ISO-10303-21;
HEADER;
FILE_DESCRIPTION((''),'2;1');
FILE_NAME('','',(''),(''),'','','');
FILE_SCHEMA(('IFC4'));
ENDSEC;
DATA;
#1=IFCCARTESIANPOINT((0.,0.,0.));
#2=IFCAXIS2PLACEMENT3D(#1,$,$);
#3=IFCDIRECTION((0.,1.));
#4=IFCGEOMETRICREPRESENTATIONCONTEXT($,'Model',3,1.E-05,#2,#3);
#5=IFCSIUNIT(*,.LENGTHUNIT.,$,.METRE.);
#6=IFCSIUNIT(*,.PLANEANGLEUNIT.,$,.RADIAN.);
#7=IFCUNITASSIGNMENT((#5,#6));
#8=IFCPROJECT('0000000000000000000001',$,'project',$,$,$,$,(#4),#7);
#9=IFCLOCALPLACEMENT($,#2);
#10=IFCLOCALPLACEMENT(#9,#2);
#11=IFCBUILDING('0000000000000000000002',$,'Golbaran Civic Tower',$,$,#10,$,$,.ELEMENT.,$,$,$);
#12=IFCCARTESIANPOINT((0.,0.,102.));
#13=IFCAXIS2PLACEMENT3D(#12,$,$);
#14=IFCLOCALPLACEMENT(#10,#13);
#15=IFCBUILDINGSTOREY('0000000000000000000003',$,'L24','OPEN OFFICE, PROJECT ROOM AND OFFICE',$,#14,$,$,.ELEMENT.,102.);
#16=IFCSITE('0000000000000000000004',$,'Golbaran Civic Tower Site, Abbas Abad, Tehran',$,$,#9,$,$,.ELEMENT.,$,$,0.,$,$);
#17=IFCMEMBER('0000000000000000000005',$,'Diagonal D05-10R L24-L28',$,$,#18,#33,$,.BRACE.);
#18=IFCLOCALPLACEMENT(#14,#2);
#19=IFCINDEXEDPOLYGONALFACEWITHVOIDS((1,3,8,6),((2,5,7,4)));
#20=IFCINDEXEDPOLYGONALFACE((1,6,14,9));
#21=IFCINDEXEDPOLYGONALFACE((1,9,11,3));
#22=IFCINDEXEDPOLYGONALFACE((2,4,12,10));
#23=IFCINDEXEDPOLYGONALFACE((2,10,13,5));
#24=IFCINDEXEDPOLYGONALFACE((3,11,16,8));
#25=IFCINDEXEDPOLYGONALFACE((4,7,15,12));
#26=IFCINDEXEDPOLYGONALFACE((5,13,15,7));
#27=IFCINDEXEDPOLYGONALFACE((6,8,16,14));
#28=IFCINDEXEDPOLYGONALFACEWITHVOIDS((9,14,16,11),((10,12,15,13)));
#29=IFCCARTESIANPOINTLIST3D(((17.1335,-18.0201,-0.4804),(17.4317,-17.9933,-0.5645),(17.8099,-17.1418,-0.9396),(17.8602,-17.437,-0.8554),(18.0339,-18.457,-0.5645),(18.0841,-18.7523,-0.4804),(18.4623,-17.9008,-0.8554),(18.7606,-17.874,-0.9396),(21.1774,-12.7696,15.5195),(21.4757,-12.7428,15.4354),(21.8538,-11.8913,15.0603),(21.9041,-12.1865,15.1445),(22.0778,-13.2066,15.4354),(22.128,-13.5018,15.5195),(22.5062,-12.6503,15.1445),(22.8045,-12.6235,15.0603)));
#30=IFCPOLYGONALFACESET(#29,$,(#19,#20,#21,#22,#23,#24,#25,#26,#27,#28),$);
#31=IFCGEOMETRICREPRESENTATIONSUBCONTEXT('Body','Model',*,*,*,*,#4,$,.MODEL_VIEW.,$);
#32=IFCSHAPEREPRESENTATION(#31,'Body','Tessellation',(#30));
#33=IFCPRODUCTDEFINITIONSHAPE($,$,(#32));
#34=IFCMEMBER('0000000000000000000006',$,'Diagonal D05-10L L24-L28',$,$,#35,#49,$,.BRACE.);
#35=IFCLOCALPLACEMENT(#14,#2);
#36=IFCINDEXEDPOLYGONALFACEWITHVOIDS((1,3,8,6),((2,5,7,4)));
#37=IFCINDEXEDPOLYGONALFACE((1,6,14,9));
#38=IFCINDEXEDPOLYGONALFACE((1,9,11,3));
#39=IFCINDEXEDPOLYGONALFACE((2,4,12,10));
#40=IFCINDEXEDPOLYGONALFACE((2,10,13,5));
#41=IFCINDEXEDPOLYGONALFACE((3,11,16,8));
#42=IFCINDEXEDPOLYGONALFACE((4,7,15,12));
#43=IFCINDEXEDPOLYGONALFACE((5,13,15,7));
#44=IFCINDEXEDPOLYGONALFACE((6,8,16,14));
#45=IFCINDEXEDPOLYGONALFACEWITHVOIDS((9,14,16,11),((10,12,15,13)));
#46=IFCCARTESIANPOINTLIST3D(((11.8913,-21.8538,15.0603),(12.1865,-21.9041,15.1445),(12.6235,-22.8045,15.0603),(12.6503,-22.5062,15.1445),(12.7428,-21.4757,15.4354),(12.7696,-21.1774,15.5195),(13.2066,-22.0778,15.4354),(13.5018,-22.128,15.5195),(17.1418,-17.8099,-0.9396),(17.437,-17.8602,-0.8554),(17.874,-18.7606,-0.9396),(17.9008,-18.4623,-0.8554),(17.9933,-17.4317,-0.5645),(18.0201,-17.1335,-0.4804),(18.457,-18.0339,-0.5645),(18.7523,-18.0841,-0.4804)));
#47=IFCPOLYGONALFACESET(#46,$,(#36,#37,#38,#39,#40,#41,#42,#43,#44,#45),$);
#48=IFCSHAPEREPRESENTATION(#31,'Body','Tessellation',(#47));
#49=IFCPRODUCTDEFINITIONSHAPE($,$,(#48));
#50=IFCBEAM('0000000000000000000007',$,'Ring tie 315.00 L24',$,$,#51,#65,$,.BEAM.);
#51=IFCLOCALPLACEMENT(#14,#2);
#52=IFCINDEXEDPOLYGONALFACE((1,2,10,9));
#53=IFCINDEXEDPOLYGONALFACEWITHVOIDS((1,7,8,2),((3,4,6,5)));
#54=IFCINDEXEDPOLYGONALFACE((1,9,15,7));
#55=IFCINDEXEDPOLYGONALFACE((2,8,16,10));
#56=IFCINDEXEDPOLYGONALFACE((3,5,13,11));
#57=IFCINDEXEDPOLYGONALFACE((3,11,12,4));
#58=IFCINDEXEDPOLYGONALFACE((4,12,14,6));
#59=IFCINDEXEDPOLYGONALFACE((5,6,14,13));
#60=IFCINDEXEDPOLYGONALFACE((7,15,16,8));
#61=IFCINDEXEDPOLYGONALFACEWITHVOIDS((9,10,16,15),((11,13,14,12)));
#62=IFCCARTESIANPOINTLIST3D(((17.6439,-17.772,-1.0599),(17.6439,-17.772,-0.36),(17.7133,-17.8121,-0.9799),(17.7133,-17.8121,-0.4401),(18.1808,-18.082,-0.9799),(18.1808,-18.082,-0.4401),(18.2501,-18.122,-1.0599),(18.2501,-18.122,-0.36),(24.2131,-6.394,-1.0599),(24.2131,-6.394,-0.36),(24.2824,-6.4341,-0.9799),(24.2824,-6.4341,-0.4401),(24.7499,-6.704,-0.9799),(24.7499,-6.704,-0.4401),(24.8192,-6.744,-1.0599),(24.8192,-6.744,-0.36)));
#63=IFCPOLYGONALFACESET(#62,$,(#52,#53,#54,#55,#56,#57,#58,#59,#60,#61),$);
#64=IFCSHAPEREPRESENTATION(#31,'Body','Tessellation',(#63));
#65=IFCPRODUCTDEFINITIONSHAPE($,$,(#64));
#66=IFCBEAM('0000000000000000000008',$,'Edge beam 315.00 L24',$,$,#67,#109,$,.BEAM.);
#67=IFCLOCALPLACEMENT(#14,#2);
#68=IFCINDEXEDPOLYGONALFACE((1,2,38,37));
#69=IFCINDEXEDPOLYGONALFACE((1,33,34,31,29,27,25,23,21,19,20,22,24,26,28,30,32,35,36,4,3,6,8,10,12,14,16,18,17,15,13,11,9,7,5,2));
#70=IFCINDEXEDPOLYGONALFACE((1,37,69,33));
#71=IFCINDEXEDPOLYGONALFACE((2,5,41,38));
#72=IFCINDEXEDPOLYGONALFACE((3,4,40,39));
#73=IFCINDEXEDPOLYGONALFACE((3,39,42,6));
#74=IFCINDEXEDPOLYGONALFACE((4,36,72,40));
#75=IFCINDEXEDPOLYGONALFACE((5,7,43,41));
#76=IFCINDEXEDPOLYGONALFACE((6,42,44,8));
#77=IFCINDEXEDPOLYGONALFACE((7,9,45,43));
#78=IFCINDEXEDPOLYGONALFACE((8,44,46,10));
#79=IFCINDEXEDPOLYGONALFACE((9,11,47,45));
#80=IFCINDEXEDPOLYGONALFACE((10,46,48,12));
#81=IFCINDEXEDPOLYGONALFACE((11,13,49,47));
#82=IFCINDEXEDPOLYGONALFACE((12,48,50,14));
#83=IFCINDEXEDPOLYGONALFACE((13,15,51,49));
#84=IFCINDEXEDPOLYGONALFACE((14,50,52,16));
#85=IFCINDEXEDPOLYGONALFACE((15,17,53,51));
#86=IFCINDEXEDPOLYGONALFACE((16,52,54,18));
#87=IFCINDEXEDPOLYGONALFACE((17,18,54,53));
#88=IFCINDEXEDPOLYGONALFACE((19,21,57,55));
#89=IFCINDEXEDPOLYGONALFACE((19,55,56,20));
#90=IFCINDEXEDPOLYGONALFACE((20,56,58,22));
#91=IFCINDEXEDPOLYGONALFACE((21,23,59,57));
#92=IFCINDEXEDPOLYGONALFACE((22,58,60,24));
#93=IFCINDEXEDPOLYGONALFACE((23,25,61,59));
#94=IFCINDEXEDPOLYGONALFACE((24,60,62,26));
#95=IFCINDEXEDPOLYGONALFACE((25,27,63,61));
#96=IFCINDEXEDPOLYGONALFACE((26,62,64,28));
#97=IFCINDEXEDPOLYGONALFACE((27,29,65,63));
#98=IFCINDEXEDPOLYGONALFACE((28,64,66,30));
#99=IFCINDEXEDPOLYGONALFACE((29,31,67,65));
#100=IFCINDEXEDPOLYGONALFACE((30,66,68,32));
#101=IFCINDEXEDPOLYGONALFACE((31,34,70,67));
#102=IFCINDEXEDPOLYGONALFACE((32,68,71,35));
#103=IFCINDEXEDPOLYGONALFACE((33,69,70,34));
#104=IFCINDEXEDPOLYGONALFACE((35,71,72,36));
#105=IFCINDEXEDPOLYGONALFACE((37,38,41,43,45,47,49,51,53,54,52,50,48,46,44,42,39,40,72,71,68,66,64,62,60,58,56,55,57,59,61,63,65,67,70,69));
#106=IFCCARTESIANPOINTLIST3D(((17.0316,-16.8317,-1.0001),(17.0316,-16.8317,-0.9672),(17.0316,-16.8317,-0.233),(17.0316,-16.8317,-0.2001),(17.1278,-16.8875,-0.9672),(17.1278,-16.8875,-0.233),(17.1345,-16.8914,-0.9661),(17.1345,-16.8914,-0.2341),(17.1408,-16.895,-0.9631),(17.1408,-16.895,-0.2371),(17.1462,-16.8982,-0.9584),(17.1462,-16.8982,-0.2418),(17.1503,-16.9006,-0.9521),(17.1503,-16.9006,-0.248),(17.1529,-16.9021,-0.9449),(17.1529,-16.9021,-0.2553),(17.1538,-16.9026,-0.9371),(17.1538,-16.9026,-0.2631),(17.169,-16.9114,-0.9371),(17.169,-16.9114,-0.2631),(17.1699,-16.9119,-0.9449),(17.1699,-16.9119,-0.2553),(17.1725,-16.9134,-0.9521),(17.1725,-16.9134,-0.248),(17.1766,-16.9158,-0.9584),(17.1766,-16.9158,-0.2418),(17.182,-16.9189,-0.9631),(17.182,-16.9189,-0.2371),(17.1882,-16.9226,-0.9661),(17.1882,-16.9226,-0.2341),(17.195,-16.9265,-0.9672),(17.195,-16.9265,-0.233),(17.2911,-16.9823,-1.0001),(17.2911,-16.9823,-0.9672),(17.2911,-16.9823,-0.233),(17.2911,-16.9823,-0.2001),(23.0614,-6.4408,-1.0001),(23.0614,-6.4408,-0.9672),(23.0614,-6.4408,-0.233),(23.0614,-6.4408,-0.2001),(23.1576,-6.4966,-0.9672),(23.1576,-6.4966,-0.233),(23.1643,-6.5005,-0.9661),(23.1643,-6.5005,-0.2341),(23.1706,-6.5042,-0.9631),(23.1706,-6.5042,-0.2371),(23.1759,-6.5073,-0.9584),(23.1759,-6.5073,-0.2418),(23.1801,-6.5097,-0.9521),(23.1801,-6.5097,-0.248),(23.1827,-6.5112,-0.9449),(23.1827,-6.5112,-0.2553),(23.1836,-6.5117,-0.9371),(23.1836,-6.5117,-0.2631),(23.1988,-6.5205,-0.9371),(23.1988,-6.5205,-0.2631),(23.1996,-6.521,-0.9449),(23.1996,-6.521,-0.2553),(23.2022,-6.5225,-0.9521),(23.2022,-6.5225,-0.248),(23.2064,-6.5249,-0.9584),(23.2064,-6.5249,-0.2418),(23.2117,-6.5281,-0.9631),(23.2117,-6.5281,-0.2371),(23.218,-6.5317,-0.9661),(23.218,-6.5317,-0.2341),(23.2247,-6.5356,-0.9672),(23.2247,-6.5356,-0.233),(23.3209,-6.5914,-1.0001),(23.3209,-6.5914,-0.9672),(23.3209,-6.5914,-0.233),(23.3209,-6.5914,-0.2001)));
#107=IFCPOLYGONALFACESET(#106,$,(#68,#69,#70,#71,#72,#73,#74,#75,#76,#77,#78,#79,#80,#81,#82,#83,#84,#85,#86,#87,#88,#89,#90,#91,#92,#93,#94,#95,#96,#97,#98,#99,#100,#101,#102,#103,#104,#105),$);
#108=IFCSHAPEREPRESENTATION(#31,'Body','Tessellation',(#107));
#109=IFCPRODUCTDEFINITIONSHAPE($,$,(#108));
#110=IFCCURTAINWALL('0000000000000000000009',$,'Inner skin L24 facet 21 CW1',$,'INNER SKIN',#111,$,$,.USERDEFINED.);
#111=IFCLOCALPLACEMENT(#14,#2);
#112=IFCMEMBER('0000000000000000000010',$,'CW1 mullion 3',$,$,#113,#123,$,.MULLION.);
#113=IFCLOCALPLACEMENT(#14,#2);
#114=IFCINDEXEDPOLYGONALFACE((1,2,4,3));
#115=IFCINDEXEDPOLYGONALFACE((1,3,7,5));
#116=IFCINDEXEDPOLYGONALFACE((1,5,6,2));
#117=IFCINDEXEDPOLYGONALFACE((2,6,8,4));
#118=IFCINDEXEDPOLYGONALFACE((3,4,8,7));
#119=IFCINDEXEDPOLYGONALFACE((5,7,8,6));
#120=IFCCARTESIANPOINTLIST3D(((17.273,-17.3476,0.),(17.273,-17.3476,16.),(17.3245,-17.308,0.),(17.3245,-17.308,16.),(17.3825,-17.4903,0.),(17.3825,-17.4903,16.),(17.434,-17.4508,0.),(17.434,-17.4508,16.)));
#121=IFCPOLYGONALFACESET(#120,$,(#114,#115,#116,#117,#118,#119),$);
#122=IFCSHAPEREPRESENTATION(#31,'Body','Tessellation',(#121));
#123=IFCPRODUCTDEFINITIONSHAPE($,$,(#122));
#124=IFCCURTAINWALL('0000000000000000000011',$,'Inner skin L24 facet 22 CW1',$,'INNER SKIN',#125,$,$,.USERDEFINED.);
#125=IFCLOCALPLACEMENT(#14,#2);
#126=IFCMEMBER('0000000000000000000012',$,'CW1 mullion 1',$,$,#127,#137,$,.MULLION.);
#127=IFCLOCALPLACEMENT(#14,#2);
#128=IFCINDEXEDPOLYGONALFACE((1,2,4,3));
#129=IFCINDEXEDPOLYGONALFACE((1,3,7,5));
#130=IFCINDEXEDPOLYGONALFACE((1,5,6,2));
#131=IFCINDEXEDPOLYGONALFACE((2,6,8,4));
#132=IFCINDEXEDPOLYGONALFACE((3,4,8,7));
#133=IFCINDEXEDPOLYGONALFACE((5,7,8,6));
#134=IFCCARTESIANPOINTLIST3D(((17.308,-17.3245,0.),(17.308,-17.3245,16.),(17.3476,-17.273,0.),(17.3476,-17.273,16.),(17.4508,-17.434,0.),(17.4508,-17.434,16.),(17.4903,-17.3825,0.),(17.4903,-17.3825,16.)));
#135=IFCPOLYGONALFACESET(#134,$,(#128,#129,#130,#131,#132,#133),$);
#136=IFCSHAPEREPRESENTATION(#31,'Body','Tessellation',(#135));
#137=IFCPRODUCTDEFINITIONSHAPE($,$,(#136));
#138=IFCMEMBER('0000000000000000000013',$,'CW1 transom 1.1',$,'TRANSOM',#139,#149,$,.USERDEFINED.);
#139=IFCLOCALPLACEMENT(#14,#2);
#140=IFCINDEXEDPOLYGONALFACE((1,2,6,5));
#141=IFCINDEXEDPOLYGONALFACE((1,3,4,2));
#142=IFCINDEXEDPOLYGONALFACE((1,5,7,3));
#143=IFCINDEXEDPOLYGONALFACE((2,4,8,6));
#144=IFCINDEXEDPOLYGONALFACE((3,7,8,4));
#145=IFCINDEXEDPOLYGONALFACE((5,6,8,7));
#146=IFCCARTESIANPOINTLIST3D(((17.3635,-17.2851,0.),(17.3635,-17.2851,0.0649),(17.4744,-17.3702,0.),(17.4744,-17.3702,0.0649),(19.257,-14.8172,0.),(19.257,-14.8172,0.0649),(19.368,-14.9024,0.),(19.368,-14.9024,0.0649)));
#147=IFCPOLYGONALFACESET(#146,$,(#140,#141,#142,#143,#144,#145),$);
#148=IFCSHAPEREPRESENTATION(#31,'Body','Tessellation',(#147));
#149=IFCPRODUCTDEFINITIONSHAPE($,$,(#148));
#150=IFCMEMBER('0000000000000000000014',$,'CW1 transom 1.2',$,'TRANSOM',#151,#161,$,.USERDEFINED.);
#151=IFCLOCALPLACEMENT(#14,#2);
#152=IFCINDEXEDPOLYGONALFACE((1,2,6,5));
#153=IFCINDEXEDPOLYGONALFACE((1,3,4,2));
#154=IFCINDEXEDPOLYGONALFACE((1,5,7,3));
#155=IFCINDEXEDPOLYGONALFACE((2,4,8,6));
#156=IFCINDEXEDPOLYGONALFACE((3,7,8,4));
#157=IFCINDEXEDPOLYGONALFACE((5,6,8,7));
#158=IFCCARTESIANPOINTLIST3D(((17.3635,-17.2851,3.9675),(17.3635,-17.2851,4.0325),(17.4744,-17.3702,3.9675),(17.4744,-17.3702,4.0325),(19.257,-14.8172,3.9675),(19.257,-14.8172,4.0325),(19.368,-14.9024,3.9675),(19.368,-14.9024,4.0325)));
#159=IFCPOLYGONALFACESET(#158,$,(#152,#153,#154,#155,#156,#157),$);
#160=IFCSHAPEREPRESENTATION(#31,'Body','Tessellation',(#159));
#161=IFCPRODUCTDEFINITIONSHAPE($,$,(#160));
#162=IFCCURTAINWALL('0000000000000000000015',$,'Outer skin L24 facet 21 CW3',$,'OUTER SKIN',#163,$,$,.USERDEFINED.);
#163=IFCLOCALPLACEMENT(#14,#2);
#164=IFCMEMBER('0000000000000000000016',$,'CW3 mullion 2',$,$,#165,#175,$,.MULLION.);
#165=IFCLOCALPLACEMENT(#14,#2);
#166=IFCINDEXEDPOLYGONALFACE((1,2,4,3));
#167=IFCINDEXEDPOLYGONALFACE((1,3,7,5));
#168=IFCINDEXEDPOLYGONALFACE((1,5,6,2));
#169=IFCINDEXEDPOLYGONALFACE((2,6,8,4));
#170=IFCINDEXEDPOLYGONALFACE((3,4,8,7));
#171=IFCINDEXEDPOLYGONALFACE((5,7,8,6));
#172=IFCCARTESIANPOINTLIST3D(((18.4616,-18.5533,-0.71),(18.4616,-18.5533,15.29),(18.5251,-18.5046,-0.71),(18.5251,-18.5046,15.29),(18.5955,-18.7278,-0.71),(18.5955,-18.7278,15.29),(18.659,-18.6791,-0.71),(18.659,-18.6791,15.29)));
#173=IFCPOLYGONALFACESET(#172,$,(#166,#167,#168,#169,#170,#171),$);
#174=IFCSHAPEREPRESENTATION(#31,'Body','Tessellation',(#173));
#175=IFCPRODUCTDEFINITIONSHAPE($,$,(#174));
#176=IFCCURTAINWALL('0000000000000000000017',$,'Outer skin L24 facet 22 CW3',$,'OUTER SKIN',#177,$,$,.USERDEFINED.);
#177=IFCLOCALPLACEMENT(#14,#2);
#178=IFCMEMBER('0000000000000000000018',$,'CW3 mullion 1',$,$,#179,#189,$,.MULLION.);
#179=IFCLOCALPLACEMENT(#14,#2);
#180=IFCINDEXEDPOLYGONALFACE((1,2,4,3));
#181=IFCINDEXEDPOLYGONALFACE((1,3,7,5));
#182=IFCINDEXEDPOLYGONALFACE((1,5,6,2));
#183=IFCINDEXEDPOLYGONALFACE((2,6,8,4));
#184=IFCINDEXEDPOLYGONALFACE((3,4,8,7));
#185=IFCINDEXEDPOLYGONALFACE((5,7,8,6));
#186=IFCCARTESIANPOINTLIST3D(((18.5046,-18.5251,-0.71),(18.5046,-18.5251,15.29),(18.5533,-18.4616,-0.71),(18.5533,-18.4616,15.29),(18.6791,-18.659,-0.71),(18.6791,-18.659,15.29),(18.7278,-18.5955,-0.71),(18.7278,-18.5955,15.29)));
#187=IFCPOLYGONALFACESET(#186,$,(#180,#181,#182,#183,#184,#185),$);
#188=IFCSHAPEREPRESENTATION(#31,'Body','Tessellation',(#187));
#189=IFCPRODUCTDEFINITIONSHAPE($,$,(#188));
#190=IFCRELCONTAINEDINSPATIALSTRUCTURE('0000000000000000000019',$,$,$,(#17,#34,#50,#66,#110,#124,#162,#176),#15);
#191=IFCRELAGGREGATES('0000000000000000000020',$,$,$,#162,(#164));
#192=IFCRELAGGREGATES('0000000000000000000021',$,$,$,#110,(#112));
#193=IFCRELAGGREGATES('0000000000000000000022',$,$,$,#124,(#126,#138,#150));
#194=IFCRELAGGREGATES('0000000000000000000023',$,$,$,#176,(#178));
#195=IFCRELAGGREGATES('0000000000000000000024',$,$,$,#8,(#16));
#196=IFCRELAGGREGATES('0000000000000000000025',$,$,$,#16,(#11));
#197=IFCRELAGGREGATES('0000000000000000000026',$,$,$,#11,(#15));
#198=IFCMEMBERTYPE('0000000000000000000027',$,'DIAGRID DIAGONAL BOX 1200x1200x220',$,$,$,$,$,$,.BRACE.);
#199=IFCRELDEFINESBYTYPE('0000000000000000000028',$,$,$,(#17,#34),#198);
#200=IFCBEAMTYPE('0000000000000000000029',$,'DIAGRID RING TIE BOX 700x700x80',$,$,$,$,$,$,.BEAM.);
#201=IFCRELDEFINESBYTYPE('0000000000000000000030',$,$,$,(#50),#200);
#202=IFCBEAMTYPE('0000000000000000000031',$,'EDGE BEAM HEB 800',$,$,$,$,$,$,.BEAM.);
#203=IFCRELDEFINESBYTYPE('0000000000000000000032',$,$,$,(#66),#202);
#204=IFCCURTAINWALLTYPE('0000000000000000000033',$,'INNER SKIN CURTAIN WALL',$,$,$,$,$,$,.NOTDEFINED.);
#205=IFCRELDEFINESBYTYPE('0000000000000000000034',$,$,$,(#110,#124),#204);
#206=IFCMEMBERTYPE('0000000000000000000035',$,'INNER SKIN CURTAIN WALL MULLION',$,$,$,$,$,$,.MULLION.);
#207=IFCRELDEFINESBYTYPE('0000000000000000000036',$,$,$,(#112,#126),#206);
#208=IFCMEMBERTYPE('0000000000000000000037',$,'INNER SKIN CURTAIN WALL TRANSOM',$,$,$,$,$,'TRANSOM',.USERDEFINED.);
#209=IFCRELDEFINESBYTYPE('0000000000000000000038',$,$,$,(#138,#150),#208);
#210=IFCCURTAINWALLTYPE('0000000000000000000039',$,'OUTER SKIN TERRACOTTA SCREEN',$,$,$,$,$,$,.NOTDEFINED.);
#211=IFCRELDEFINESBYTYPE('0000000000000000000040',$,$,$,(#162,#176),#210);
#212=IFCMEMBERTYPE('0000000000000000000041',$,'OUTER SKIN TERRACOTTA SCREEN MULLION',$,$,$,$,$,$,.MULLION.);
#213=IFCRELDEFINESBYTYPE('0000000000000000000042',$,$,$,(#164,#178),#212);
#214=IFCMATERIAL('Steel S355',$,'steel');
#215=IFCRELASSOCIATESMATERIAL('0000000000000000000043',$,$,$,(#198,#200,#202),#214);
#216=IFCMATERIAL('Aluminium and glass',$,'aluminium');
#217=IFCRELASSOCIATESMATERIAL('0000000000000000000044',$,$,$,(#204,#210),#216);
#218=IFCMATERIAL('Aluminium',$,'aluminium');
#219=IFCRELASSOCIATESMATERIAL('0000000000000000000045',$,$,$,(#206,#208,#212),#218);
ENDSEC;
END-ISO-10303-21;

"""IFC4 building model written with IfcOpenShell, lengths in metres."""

from ifc_helpers import new_model, si_unit, direction, frame, origin, origin_2d, place, context, subcontext, project, spatial, rectangle, hollow_rectangle, i_section, extrude, material, material_profile, profile_set, type_object, element, aggregate, save


model = new_model("IFC4")

# Units and contexts
model_context = context("Model", 3, precision=1e-05, world=origin(), true_north=direction((0.0, 1.0)))
body_context = subcontext(model_context, "Body", "Model", "MODEL_VIEW")
ifc_project = project(units=[si_unit("LENGTHUNIT", "METRE"), si_unit("PLANEANGLEUNIT", "RADIAN")], contexts=[model_context])

# Site, building, storey
site_placement = place(None, origin())
site = spatial("IfcSite", under=ifc_project, at=site_placement, Name="Golbaran Civic Tower Site, Abbas Abad, Tehran", CompositionType="ELEMENT", RefElevation=0.0)
building_placement = place(site_placement, origin())
building = spatial("IfcBuilding", under=site, at=building_placement, Name="Golbaran Civic Tower", CompositionType="ELEMENT")
storey_placement = place(building_placement, frame((0.0, 0.0, 102.0)))
storey = spatial("IfcBuildingStorey", under=building, at=storey_placement, Name="L24", Description="OPEN OFFICE, PROJECT ROOM AND OFFICE", CompositionType="ELEMENT", Elevation=102.0)

# Members
ifc_material_1 = material(Name="Steel S355", Category="steel")
ifc_material_profile_1 = material_profile(ifc_material_1, hollow_rectangle(XDim=1.2, YDim=1.2, WallThickness=0.22, at=origin_2d()), Name="BOX 1200x1200x220")
ifc_profile_set_1 = profile_set([ifc_material_profile_1], Name="Steel S355")
member_type_1 = type_object("IfcMemberType", Name="DIAGRID DIAGONAL BOX 1200x1200x220", PredefinedType="BRACE", material=ifc_profile_set_1)
for number, where, z_axis, x_axis, name in (
    (1, (17.947, -17.947, -0.71), (0.233508, 0.303177, 0.923882), (-0.792251, 0.610195, 0.0), "Diagonal D05-10R L24-L28"),
    (2, (17.947, -17.947, -0.71), (-0.303177, -0.233508, 0.923882), (0.610195, -0.792251, 0.0), "Diagonal D05-10L L24-L28"),
):
    element("IfcMember", number, at=place(storey_placement, frame(where, z_axis=z_axis, x_axis=x_axis)), inside=storey, type_object=member_type_1, Name=name, PredefinedType="BRACE", context=body_context, shape_type="SweptSolid", body=[
        extrude(hollow_rectangle(XDim=1.2, YDim=1.2, WallThickness=0.22, at=origin_2d()), origin(), (0.0, 0.0, 1.0), 17.3181),
    ])

# Beams
ifc_material_profile_2 = material_profile(ifc_material_1, hollow_rectangle(XDim=0.7, YDim=0.7, WallThickness=0.0801, at=origin_2d()), Name="BOX 700x700x80")
ifc_profile_set_2 = profile_set([ifc_material_profile_2], Name="Steel S355")
beam_type_1 = type_object("IfcBeamType", Name="DIAGRID RING TIE BOX 700x700x80", PredefinedType="BEAM", material=ifc_profile_set_2)
beam_1_placement = place(storey_placement, frame((17.947, -17.947, -0.71), z_axis=(0.500002, 0.866024, 0.0), x_axis=(-0.866024, 0.500002, 0.0)))
element("IfcBeam", 3, at=beam_1_placement, inside=storey, type_object=beam_type_1, Name="Ring tie 315.00 L24", PredefinedType="BEAM", context=body_context, shape_type="SweptSolid", body=[
    extrude(hollow_rectangle(XDim=0.7, YDim=0.7, WallThickness=0.0801, at=origin_2d()), origin(), (0.0, 0.0, 1.0), 13.1382),
])
ifc_material_profile_3 = material_profile(ifc_material_1, i_section(OverallWidth=0.3, OverallDepth=0.8, WebThickness=0.0176, FlangeThickness=0.033, FilletRadius=0.03, at=origin_2d()), Name="HEB 800")
ifc_profile_set_3 = profile_set([ifc_material_profile_3], Name="Steel S355")
beam_type_2 = type_object("IfcBeamType", Name="EDGE BEAM HEB 800", PredefinedType="BEAM", material=ifc_profile_set_3)
beam_2_placement = place(storey_placement, frame((17.1614, -16.907, -0.6001), z_axis=(0.50191, 0.86492, 0.0), x_axis=(-0.86492, 0.50191, 0.0)))
element("IfcBeam", 4, at=beam_2_placement, inside=storey, type_object=beam_type_2, Name="Edge beam 315.00 L24", PredefinedType="BEAM", context=body_context, shape_type="SweptSolid", body=[
    extrude(i_section(OverallWidth=0.3, OverallDepth=0.8, WebThickness=0.0176, FlangeThickness=0.033, FilletRadius=0.03, at=origin_2d()), origin(), (0.0, 0.0, 1.0), 12.0137),
])

# Curtain wall, member
ifc_material_2 = material(Name="Aluminium and glass", Category="aluminium")
curtain_wall_type_1 = type_object("IfcCurtainWallType", Name="INNER SKIN CURTAIN WALL", PredefinedType="NOTDEFINED", material=ifc_material_2)
curtain_wall_1_placement = place(storey_placement, origin())
curtain_wall_1 = element("IfcCurtainWall", 5, at=curtain_wall_1_placement, inside=storey, type_object=curtain_wall_type_1, Name="Inner skin L24 facet 21 CW1", ObjectType="INNER SKIN", PredefinedType="USERDEFINED")
ifc_material_3 = material(Name="Aluminium", Category="aluminium")
ifc_material_profile_4 = material_profile(ifc_material_3, rectangle(XDim=0.1799, YDim=0.0649, at=origin_2d()), Name="INNER SKIN CURTAIN WALL MULLION")
ifc_profile_set_4 = profile_set([ifc_material_profile_4], Name="Aluminium")
member_type_2 = type_object("IfcMemberType", Name="INNER SKIN CURTAIN WALL MULLION", PredefinedType="MULLION", material=ifc_profile_set_4)
member_1_placement = place(storey_placement, frame((17.3535, -17.3992, 0.0), z_axis=(0.0, 0.0, 1.0), x_axis=(-0.608761, 0.793353, 0.0)))
member_1 = element("IfcMember", 6, at=member_1_placement, type_object=member_type_2, Name="CW1 mullion 3", PredefinedType="MULLION", context=body_context, shape_type="SweptSolid", body=[
    extrude(rectangle(XDim=0.1799, YDim=0.0649, at=origin_2d()), origin(), (0.0, 0.0, 1.0), 16.0),
])

# Curtain wall, members
curtain_wall_2_placement = place(storey_placement, origin())
curtain_wall_2 = element("IfcCurtainWall", 7, at=curtain_wall_2_placement, inside=storey, type_object=curtain_wall_type_1, Name="Inner skin L24 facet 22 CW1", ObjectType="INNER SKIN", PredefinedType="USERDEFINED")
member_2_placement = place(storey_placement, frame((17.3992, -17.3535, 0.0), z_axis=(0.0, 0.0, 1.0), x_axis=(-0.793353, 0.608761, 0.0)))
member_2 = element("IfcMember", 8, at=member_2_placement, type_object=member_type_2, Name="CW1 mullion 1", PredefinedType="MULLION", context=body_context, shape_type="SweptSolid", body=[
    extrude(rectangle(XDim=0.1799, YDim=0.0649, at=origin_2d()), origin(), (0.0, 0.0, 1.0), 16.0),
])
ifc_material_profile_5 = material_profile(ifc_material_3, rectangle(XDim=0.1399, YDim=0.0649, at=origin_2d()), Name="INNER SKIN CURTAIN WALL TRANSOM")
ifc_profile_set_5 = profile_set([ifc_material_profile_5], Name="Aluminium")
member_type_3 = type_object("IfcMemberType", Name="INNER SKIN CURTAIN WALL TRANSOM", ElementType="TRANSOM", PredefinedType="USERDEFINED", material=ifc_profile_set_5)
member_3_placement = place(storey_placement, frame((17.4189, -17.3276, 0.0325), z_axis=(0.608754, 0.793359, 0.0), x_axis=(-0.793359, 0.608754, 0.0)))
member_3 = element("IfcMember", 9, at=member_3_placement, type_object=member_type_3, Name="CW1 transom 1.1", ObjectType="TRANSOM", PredefinedType="USERDEFINED", context=body_context, shape_type="SweptSolid", body=[
    extrude(rectangle(XDim=0.1399, YDim=0.0649, at=origin_2d()), origin(), (0.0, 0.0, 1.0), 3.1106),
])
member_4_placement = place(storey_placement, frame((17.4189, -17.3276, 4.0), z_axis=(0.608754, 0.793359, 0.0), x_axis=(-0.793359, 0.608754, 0.0)))
member_4 = element("IfcMember", 10, at=member_4_placement, type_object=member_type_3, Name="CW1 transom 1.2", ObjectType="TRANSOM", PredefinedType="USERDEFINED", context=body_context, shape_type="SweptSolid", body=[
    extrude(rectangle(XDim=0.1399, YDim=0.0649, at=origin_2d()), origin(), (0.0, 0.0, 1.0), 3.1106),
])

# Curtain wall, member
curtain_wall_type_2 = type_object("IfcCurtainWallType", Name="OUTER SKIN TERRACOTTA SCREEN", PredefinedType="NOTDEFINED", material=ifc_material_2)
curtain_wall_3_placement = place(storey_placement, origin())
curtain_wall_3 = element("IfcCurtainWall", 11, at=curtain_wall_3_placement, inside=storey, type_object=curtain_wall_type_2, Name="Outer skin L24 facet 21 CW3", ObjectType="OUTER SKIN", PredefinedType="USERDEFINED")
ifc_material_profile_6 = material_profile(ifc_material_3, rectangle(XDim=0.22, YDim=0.0801, at=origin_2d()), Name="OUTER SKIN TERRACOTTA SCREEN MULLION")
ifc_profile_set_6 = profile_set([ifc_material_profile_6], Name="Aluminium")
member_type_4 = type_object("IfcMemberType", Name="OUTER SKIN TERRACOTTA SCREEN MULLION", PredefinedType="MULLION", material=ifc_profile_set_6)
member_5_placement = place(storey_placement, frame((18.5603, -18.6162, -0.71), z_axis=(0.0, 0.0, 1.0), x_axis=(-0.608761, 0.793353, 0.0)))
member_5 = element("IfcMember", 12, at=member_5_placement, type_object=member_type_4, Name="CW3 mullion 2", PredefinedType="MULLION", context=body_context, shape_type="SweptSolid", body=[
    extrude(rectangle(XDim=0.22, YDim=0.0801, at=origin_2d()), origin(), (0.0, 0.0, 1.0), 16.0),
])
aggregate(curtain_wall_3, [member_5])

# Curtain wall, member
curtain_wall_4_placement = place(storey_placement, origin())
curtain_wall_4 = element("IfcCurtainWall", 13, at=curtain_wall_4_placement, inside=storey, type_object=curtain_wall_type_2, Name="Outer skin L24 facet 22 CW3", ObjectType="OUTER SKIN", PredefinedType="USERDEFINED")
member_6_placement = place(storey_placement, frame((18.6162, -18.5603, -0.71), z_axis=(0.0, 0.0, 1.0), x_axis=(-0.793353, 0.608761, 0.0)))
member_6 = element("IfcMember", 14, at=member_6_placement, type_object=member_type_4, Name="CW3 mullion 1", PredefinedType="MULLION", context=body_context, shape_type="SweptSolid", body=[
    extrude(rectangle(XDim=0.22, YDim=0.0801, at=origin_2d()), origin(), (0.0, 0.0, 1.0), 16.0),
])

aggregate(curtain_wall_1, [member_1])
aggregate(curtain_wall_2, [member_2, member_3, member_4])
aggregate(curtain_wall_4, [member_6])

save(model, "model.ifc")
